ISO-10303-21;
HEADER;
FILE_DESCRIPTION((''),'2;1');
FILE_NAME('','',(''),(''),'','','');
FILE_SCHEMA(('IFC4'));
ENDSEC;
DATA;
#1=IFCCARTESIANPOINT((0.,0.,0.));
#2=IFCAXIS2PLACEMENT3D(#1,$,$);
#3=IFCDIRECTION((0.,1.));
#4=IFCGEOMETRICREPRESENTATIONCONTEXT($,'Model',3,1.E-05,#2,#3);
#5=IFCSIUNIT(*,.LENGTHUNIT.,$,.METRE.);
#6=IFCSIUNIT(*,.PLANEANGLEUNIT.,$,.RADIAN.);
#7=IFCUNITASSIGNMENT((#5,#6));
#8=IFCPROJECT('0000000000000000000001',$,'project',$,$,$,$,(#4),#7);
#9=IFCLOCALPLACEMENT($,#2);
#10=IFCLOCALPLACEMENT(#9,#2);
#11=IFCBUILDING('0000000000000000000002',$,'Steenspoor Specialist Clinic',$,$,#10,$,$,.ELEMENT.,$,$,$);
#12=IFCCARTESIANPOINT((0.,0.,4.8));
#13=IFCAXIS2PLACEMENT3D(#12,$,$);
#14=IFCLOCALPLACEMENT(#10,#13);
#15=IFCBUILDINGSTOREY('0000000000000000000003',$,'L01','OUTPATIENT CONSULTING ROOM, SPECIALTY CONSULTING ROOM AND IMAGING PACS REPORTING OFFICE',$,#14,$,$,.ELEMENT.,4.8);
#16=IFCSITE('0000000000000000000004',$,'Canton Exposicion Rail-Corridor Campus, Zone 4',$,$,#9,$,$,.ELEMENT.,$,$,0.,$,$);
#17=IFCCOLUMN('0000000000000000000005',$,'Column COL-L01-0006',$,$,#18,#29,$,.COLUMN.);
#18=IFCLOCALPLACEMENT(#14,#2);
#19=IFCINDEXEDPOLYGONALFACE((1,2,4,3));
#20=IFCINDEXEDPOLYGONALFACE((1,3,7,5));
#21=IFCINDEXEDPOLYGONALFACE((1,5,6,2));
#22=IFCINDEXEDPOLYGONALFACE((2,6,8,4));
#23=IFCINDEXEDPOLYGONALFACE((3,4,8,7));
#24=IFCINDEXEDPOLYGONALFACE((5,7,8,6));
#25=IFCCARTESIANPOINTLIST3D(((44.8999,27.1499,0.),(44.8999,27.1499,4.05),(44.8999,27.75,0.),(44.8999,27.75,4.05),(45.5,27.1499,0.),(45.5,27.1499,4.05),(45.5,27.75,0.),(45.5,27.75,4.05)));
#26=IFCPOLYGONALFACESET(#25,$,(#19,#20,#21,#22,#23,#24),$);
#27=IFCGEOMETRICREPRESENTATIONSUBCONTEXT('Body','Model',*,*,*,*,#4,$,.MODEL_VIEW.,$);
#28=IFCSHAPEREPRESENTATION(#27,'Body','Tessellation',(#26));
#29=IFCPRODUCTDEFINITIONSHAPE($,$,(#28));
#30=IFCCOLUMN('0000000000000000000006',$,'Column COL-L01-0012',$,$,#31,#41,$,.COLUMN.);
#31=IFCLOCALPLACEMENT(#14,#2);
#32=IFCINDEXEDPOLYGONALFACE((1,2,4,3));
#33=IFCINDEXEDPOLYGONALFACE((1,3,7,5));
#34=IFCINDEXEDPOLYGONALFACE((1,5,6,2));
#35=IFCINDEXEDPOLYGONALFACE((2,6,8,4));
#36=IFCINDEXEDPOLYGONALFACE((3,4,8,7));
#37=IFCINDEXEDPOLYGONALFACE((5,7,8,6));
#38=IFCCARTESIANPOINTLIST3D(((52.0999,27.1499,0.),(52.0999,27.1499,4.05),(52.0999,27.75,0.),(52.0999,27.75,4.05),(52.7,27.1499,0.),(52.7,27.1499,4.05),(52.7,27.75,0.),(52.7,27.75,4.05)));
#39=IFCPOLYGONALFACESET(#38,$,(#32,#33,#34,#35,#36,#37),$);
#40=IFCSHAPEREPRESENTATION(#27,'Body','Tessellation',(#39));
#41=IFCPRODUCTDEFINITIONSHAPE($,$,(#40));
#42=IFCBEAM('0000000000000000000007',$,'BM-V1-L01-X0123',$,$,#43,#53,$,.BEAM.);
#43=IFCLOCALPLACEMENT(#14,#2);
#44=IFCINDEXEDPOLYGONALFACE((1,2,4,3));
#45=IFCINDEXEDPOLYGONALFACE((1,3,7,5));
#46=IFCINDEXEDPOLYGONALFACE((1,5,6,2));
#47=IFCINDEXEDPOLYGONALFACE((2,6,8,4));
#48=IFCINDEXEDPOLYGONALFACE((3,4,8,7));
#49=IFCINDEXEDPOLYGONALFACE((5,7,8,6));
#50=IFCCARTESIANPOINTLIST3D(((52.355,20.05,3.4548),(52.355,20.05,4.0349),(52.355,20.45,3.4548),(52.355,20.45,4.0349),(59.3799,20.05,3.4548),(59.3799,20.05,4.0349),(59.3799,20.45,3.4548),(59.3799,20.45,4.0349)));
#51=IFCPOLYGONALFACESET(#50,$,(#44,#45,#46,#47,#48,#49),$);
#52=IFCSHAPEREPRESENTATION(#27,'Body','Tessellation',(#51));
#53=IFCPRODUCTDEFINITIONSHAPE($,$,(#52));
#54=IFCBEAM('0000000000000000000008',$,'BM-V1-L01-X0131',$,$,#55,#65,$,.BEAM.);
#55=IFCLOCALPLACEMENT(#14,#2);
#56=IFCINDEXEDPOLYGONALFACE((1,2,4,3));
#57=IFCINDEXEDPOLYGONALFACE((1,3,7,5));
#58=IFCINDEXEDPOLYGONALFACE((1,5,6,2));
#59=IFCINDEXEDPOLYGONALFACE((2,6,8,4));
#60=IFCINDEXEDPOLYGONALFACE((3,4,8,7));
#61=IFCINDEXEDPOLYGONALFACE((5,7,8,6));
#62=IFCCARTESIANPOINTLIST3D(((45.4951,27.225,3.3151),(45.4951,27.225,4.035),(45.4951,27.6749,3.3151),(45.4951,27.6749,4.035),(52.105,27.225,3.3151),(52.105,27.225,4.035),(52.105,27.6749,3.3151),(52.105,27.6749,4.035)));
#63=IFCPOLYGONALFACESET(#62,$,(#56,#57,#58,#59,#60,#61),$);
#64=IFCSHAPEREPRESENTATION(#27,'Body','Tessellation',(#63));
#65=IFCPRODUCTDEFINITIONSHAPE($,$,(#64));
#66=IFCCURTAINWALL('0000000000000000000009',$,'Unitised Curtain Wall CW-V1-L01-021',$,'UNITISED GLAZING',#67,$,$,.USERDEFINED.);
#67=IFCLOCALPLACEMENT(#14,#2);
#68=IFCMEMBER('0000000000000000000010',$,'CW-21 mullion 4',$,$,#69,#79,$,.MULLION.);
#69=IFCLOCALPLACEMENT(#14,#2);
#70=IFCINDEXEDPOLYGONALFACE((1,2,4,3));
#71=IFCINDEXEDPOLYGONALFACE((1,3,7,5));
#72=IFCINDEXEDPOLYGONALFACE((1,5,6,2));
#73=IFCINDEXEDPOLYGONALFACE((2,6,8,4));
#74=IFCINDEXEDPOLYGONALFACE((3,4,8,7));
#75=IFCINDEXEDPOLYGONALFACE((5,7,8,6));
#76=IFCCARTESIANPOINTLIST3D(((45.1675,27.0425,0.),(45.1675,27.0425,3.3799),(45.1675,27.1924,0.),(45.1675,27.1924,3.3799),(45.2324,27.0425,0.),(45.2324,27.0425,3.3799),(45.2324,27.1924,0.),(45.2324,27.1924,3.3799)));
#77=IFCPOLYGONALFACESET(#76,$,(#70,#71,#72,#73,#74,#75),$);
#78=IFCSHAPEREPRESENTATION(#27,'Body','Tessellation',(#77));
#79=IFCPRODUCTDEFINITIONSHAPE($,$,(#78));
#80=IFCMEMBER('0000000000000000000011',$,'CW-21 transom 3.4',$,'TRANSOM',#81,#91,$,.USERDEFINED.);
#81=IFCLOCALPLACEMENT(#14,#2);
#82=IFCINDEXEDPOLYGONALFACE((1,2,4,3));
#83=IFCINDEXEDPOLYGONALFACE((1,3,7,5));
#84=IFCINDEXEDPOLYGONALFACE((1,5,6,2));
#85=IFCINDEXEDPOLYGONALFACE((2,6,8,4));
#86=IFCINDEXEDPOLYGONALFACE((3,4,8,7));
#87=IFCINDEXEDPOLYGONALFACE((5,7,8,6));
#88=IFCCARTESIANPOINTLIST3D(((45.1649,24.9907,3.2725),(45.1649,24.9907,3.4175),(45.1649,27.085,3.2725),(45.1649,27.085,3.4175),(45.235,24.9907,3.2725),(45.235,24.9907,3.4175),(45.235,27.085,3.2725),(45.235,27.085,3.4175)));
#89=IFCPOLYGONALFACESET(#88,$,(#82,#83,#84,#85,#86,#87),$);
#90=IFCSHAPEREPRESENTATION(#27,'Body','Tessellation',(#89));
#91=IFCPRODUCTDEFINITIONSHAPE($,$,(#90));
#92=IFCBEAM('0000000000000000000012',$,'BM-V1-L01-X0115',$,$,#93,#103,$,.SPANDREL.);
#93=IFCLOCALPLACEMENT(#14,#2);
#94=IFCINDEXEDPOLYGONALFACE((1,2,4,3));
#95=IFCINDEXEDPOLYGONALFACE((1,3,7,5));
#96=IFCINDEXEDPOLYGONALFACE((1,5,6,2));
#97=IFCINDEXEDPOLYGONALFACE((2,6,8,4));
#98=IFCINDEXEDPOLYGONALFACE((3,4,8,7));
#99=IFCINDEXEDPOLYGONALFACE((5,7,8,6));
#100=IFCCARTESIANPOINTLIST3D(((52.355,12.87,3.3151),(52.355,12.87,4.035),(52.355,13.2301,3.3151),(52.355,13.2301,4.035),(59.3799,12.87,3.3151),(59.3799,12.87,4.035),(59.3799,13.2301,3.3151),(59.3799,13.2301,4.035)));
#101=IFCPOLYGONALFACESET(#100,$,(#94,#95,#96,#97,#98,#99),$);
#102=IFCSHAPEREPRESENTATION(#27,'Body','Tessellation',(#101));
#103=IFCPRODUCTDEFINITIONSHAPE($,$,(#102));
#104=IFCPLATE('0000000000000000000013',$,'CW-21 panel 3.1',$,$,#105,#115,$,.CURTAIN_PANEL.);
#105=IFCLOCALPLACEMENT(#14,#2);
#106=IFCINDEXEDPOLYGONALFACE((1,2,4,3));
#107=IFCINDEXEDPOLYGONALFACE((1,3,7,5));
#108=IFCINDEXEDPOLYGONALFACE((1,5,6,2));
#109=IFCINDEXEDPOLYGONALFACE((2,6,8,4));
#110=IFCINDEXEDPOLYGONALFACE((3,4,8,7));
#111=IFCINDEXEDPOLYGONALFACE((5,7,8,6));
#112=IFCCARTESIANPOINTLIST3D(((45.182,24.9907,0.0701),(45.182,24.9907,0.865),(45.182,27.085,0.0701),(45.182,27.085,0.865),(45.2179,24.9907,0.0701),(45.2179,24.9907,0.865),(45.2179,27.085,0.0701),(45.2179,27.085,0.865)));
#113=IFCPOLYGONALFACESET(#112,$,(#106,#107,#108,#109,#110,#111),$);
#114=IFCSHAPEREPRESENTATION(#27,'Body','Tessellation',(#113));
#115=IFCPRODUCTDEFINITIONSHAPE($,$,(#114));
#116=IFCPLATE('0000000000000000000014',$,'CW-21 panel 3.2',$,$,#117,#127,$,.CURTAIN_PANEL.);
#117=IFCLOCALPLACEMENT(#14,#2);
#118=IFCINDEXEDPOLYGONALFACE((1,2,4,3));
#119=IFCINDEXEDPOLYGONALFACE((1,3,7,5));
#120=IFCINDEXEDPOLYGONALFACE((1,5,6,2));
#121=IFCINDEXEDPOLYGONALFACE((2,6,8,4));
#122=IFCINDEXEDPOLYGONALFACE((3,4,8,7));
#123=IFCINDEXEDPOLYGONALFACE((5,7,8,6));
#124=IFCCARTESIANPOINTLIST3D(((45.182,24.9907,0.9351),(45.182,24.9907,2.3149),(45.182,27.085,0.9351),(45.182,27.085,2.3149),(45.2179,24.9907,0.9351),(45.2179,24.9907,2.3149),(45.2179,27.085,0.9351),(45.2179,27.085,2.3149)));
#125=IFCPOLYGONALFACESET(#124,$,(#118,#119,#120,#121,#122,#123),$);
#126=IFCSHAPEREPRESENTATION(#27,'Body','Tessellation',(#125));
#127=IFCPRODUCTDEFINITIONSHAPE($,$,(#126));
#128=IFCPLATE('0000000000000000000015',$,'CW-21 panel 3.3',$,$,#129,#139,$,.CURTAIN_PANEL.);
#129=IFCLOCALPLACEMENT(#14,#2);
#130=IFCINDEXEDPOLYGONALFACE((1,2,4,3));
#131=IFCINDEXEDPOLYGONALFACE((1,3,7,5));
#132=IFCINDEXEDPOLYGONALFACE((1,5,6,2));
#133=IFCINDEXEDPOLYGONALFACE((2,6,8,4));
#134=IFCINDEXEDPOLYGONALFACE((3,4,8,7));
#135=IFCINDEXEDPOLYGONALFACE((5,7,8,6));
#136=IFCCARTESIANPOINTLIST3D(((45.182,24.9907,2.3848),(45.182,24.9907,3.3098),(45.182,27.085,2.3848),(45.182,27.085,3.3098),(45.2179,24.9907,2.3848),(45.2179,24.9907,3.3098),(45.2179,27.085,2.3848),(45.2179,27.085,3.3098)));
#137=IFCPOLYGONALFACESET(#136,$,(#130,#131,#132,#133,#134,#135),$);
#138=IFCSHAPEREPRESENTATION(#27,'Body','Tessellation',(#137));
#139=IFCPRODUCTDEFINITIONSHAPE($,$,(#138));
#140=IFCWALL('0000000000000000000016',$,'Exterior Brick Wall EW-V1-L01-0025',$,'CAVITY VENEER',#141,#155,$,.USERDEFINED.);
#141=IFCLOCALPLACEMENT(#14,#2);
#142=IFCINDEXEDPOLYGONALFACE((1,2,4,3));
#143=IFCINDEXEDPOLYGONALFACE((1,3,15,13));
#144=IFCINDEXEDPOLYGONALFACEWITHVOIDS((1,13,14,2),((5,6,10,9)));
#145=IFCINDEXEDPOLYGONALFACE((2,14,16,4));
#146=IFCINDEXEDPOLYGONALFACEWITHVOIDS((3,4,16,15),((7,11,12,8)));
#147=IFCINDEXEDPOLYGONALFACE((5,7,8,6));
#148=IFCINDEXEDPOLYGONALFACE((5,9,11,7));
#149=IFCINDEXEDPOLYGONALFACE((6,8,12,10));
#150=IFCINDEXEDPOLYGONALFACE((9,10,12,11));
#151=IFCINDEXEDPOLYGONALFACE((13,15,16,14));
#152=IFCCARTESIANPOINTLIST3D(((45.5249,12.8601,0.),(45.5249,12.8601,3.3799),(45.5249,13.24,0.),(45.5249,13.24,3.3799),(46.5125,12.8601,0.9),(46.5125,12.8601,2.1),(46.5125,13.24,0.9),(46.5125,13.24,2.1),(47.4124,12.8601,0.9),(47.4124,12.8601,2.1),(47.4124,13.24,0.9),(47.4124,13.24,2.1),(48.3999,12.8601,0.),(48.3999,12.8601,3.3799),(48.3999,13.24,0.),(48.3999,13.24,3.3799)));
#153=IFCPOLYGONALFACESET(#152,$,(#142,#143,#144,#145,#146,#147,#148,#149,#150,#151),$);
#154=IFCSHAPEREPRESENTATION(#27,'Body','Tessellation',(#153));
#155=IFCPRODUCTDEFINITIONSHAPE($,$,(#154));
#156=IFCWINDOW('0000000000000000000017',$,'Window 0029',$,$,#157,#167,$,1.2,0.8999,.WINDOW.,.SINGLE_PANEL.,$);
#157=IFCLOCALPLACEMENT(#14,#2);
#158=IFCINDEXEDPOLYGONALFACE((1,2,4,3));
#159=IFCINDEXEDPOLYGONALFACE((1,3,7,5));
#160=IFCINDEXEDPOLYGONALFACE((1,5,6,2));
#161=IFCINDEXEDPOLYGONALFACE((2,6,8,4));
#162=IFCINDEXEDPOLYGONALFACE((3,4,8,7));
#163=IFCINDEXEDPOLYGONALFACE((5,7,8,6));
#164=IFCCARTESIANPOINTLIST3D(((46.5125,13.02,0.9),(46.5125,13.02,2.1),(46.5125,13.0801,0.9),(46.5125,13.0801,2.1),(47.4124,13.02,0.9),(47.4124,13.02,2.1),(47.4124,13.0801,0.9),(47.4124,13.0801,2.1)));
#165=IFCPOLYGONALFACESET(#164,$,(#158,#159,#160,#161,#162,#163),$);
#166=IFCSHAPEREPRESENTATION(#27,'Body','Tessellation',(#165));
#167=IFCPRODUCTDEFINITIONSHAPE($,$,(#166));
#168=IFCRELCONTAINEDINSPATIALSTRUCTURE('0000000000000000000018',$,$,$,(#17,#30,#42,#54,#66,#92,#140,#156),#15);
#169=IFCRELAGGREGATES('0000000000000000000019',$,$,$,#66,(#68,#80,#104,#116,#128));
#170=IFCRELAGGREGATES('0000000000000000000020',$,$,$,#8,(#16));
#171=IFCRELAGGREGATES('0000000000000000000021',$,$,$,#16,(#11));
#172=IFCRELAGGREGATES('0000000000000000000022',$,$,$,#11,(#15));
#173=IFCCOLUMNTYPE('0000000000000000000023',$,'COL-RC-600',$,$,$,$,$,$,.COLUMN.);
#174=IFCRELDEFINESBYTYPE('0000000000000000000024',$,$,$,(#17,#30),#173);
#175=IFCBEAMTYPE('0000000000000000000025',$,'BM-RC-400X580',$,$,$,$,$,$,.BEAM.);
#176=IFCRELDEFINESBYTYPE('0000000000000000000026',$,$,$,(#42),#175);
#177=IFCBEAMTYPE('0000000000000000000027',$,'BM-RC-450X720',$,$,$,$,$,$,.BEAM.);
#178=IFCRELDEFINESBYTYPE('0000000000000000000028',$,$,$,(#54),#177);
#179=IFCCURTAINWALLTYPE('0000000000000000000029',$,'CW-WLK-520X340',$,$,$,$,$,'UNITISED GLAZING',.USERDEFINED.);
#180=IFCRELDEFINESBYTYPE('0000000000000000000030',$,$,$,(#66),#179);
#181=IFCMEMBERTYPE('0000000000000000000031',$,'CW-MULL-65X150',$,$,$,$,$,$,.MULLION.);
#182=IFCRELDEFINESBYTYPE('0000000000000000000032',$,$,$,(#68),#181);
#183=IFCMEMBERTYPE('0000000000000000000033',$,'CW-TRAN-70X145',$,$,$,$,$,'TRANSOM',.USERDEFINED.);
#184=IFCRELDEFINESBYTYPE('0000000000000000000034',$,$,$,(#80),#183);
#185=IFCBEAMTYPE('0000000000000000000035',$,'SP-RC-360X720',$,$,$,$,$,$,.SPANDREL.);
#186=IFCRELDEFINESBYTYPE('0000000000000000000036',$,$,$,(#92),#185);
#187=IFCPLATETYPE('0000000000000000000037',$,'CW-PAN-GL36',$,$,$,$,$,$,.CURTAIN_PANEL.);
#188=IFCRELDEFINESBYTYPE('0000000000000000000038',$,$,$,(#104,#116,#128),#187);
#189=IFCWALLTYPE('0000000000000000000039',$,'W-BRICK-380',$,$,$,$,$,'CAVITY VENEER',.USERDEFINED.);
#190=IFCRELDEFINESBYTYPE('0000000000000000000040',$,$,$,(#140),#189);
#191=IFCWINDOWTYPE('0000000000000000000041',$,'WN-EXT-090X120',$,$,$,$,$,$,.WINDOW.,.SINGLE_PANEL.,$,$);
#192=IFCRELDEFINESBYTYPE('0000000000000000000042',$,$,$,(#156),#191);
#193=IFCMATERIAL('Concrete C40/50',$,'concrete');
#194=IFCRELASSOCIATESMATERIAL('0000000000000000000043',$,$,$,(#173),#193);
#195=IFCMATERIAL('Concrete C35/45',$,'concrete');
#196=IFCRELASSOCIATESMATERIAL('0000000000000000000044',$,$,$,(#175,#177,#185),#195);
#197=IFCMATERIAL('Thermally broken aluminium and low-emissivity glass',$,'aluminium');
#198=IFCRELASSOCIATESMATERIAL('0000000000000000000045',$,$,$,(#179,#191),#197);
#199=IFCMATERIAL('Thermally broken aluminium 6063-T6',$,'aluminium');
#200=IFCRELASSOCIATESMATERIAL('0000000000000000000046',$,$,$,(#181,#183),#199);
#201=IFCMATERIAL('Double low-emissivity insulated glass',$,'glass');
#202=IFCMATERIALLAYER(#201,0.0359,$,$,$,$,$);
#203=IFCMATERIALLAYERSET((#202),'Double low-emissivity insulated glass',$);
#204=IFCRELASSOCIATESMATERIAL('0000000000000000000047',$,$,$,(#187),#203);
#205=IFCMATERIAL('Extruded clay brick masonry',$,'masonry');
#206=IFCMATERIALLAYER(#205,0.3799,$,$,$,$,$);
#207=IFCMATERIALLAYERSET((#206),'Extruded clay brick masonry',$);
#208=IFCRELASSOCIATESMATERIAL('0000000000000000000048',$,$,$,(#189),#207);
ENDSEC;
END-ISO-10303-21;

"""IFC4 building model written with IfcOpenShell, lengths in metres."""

from ifc_helpers import new_model, si_unit, direction, frame, frame_2d, origin, origin_2d, place, context, subcontext, project, spatial, rectangle, extrude, material, layer, layer_set, material_profile, profile_set, type_object, element, fill, aggregate, save


model = new_model("IFC4")

# Units and contexts
model_context = context("Model", 3, precision=1e-05, world=origin(), true_north=direction((0.0, 1.0)))
body_context = subcontext(model_context, "Body", "Model", "MODEL_VIEW")
ifc_project = project(units=[si_unit("LENGTHUNIT", "METRE"), si_unit("PLANEANGLEUNIT", "RADIAN")], contexts=[model_context])

# Site, building, storey
site_placement = place(None, origin())
site = spatial("IfcSite", under=ifc_project, at=site_placement, Name="Canton Exposicion Rail-Corridor Campus, Zone 4", CompositionType="ELEMENT", RefElevation=0.0)
building_placement = place(site_placement, origin())
building = spatial("IfcBuilding", under=site, at=building_placement, Name="Steenspoor Specialist Clinic", CompositionType="ELEMENT")
storey_placement = place(building_placement, frame((0.0, 0.0, 4.8)))
storey = spatial("IfcBuildingStorey", under=building, at=storey_placement, Name="L01", Description="OUTPATIENT CONSULTING ROOM, SPECIALTY CONSULTING ROOM AND IMAGING PACS REPORTING OFFICE", CompositionType="ELEMENT", Elevation=4.8)

# Columns
ifc_material_1 = material(Name="Concrete C40/50", Category="concrete")
ifc_material_profile_1 = material_profile(ifc_material_1, rectangle(XDim=0.6001, YDim=0.6001, at=origin_2d()), Name="RC-COL-600X600")
ifc_profile_set_1 = profile_set([ifc_material_profile_1], Name="Concrete C40/50")
column_type = type_object("IfcColumnType", Name="COL-RC-600", PredefinedType="COLUMN", material=ifc_profile_set_1)
for number, where, z_axis, x_axis, name in (
    (1, (45.2, 27.45, 0.0), (0.0, 0.0, 1.0), (1.0, 0.0, 0.0), "Column COL-L01-0006"),
    (2, (52.3999, 27.45, 0.0), (0.0, 0.0, 1.0), (1.0, 0.0, 0.0), "Column COL-L01-0012"),
):
    element("IfcColumn", number, at=place(storey_placement, frame(where, z_axis=z_axis, x_axis=x_axis)), inside=storey, type_object=column_type, Name=name, PredefinedType="COLUMN", context=body_context, shape_type="SweptSolid", body=[
        extrude(rectangle(XDim=0.6001, YDim=0.6001, at=origin_2d()), origin(), (0.0, 0.0, 1.0), 4.05),
    ])

# Beams
ifc_material_2 = material(Name="Concrete C35/45", Category="concrete")
ifc_material_profile_2 = material_profile(ifc_material_2, rectangle(XDim=0.3999, YDim=0.5801, at=origin_2d()), Name="RC-BM-400X580")
ifc_profile_set_2 = profile_set([ifc_material_profile_2], Name="Concrete C35/45")
beam_type_1 = type_object("IfcBeamType", Name="BM-RC-400X580", PredefinedType="BEAM", material=ifc_profile_set_2)
beam_1_placement = place(storey_placement, frame((52.355, 20.25, 3.7449), z_axis=(1.0, 0.0, 0.0), x_axis=(0.0, 1.0, 0.0)))
element("IfcBeam", 3, at=beam_1_placement, inside=storey, type_object=beam_type_1, Name="BM-V1-L01-X0123", PredefinedType="BEAM", context=body_context, shape_type="SweptSolid", body=[
    extrude(rectangle(XDim=0.3999, YDim=0.5801, at=origin_2d()), origin(), (0.0, 0.0, 1.0), 7.0249),
])
ifc_material_profile_3 = material_profile(ifc_material_2, rectangle(XDim=0.45, YDim=0.72, at=origin_2d()), Name="RC-BM-450X720")
ifc_profile_set_3 = profile_set([ifc_material_profile_3], Name="Concrete C35/45")
beam_type_2 = type_object("IfcBeamType", Name="BM-RC-450X720", PredefinedType="BEAM", material=ifc_profile_set_3)
beam_2_placement = place(storey_placement, frame((45.4951, 27.45, 3.675), z_axis=(1.0, 0.0, 0.0), x_axis=(0.0, 1.0, 0.0)))
element("IfcBeam", 4, at=beam_2_placement, inside=storey, type_object=beam_type_2, Name="BM-V1-L01-X0131", PredefinedType="BEAM", context=body_context, shape_type="SweptSolid", body=[
    extrude(rectangle(XDim=0.45, YDim=0.72, at=origin_2d()), origin(), (0.0, 0.0, 1.0), 6.6099),
])

# Curtain wall, members
ifc_material_3 = material(Name="Thermally broken aluminium and low-emissivity glass", Category="aluminium")
curtain_wall_type = type_object("IfcCurtainWallType", Name="CW-WLK-520X340", ElementType="UNITISED GLAZING", PredefinedType="USERDEFINED", material=ifc_material_3)
curtain_wall_placement = place(storey_placement, origin())
curtain_wall = element("IfcCurtainWall", 5, at=curtain_wall_placement, inside=storey, type_object=curtain_wall_type, Name="Unitised Curtain Wall CW-V1-L01-021", ObjectType="UNITISED GLAZING", PredefinedType="USERDEFINED")
ifc_material_4 = material(Name="Thermally broken aluminium 6063-T6", Category="aluminium")
ifc_material_profile_4 = material_profile(ifc_material_4, rectangle(XDim=0.0649, YDim=0.1499, at=origin_2d()), Name="CWM-65X150")
ifc_profile_set_4 = profile_set([ifc_material_profile_4], Name="Thermally broken aluminium 6063-T6")
member_type_1 = type_object("IfcMemberType", Name="CW-MULL-65X150", PredefinedType="MULLION", material=ifc_profile_set_4)
member_1_placement = place(storey_placement, frame((45.2, 27.1174, 0.0), z_axis=(0.0, 0.0, 1.0), x_axis=(-1.0, 0.0, 0.0)))
member_1 = element("IfcMember", 6, at=member_1_placement, type_object=member_type_1, Name="CW-21 mullion 4", PredefinedType="MULLION", context=body_context, shape_type="SweptSolid", body=[
    extrude(rectangle(XDim=0.0649, YDim=0.1499, at=origin_2d()), origin(), (0.0, 0.0, 1.0), 3.3799),
])
ifc_material_profile_5 = material_profile(ifc_material_4, rectangle(XDim=0.0701, YDim=0.145, at=origin_2d()), Name="CWT-70X145")
ifc_profile_set_5 = profile_set([ifc_material_profile_5], Name="Thermally broken aluminium 6063-T6")
member_type_2 = type_object("IfcMemberType", Name="CW-TRAN-70X145", ElementType="TRANSOM", PredefinedType="USERDEFINED", material=ifc_profile_set_5)
member_2_placement = place(storey_placement, frame((45.2, 24.9907, 3.345), z_axis=(0.0, 1.0, 0.0), x_axis=(-1.0, 0.0, 0.0)))
member_2 = element("IfcMember", 7, at=member_2_placement, type_object=member_type_2, Name="CW-21 transom 3.4", ObjectType="TRANSOM", PredefinedType="USERDEFINED", context=body_context, shape_type="SweptSolid", body=[
    extrude(rectangle(XDim=0.0701, YDim=0.145, at=origin_2d()), origin(), (0.0, 0.0, 1.0), 2.0942),
])

# Beam
ifc_material_profile_6 = material_profile(ifc_material_2, rectangle(XDim=0.3601, YDim=0.72, at=origin_2d()), Name="RC-SP-360X720")
ifc_profile_set_6 = profile_set([ifc_material_profile_6], Name="Concrete C35/45")
beam_type_3 = type_object("IfcBeamType", Name="SP-RC-360X720", PredefinedType="SPANDREL", material=ifc_profile_set_6)
beam_3_placement = place(storey_placement, frame((52.355, 13.05, 3.675), z_axis=(1.0, 0.0, 0.0), x_axis=(0.0, 1.0, 0.0)))
element("IfcBeam", 8, at=beam_3_placement, inside=storey, type_object=beam_type_3, Name="BM-V1-L01-X0115", PredefinedType="SPANDREL", context=body_context, shape_type="SweptSolid", body=[
    extrude(rectangle(XDim=0.3601, YDim=0.72, at=origin_2d()), origin(), (0.0, 0.0, 1.0), 7.0249),
])

# Plates
ifc_material_5 = material(Name="Double low-emissivity insulated glass", Category="glass")
ifc_layer_1 = layer(ifc_material_5, 0.0359)
ifc_layer_set_1 = layer_set([ifc_layer_1], Name="Double low-emissivity insulated glass")
plate_type = type_object("IfcPlateType", Name="CW-PAN-GL36", PredefinedType="CURTAIN_PANEL", material=ifc_layer_set_1)
plate_1_placement = place(storey_placement, frame((45.2, 26.0378, 0.0701), z_axis=(0.0, 0.0, 1.0), x_axis=(0.0, 1.0, 0.0)))
plate_1 = element("IfcPlate", 9, at=plate_1_placement, type_object=plate_type, Name="CW-21 panel 3.1", PredefinedType="CURTAIN_PANEL", context=body_context, shape_type="SweptSolid", body=[
    extrude(rectangle(XDim=2.0942, YDim=0.0359, at=origin_2d()), origin(), (0.0, 0.0, 1.0), 0.7949),
])
plate_2_placement = place(storey_placement, frame((45.2, 26.0378, 0.9351), z_axis=(0.0, 0.0, 1.0), x_axis=(0.0, 1.0, 0.0)))
plate_2 = element("IfcPlate", 10, at=plate_2_placement, type_object=plate_type, Name="CW-21 panel 3.2", PredefinedType="CURTAIN_PANEL", context=body_context, shape_type="SweptSolid", body=[
    extrude(rectangle(XDim=2.0942, YDim=0.0359, at=origin_2d()), origin(), (0.0, 0.0, 1.0), 1.3799),
])
plate_3_placement = place(storey_placement, frame((45.2, 26.0378, 2.3848), z_axis=(0.0, 0.0, 1.0), x_axis=(0.0, 1.0, 0.0)))
plate_3 = element("IfcPlate", 11, at=plate_3_placement, type_object=plate_type, Name="CW-21 panel 3.3", PredefinedType="CURTAIN_PANEL", context=body_context, shape_type="SweptSolid", body=[
    extrude(rectangle(XDim=2.0942, YDim=0.0359, at=origin_2d()), origin(), (0.0, 0.0, 1.0), 0.925),
])
aggregate(curtain_wall, [member_1, member_2, plate_1, plate_2, plate_3])

# Wall, opening, window
ifc_material_6 = material(Name="Extruded clay brick masonry", Category="masonry")
ifc_layer_2 = layer(ifc_material_6, 0.3799)
ifc_layer_set_2 = layer_set([ifc_layer_2], Name="Extruded clay brick masonry")
wall_type_1 = type_object("IfcWallType", Name="W-BRICK-380", ElementType="CAVITY VENEER", PredefinedType="USERDEFINED", material=ifc_layer_set_2)
wall_1_placement = place(storey_placement, frame((48.3999, 13.05, 0.0), z_axis=(0.0, 0.0, 1.0), x_axis=(-1.0, 0.0, 0.0)))
wall_1 = element("IfcWall", 12, at=wall_1_placement, inside=storey, type_object=wall_type_1, Name="Exterior Brick Wall EW-V1-L01-0025", ObjectType="CAVITY VENEER", PredefinedType="USERDEFINED", context=body_context, shape_type="SweptSolid", body=[
    extrude(rectangle(XDim=2.875, YDim=0.3799, at=frame_2d((1.4375, 0.0))), origin(), (0.0, 0.0, 1.0), 3.3799),
])
opening_1_placement = place(wall_1_placement, frame((0.9875, 0.0, 0.8999)))
opening_1 = element("IfcOpeningElement", 13, at=opening_1_placement, cuts=wall_1, PredefinedType="OPENING", context=body_context, shape_type="SweptSolid", body=[
    extrude(rectangle(XDim=0.8999, YDim=1.2, at=frame_2d((0.45, 0.6001))), frame((0.0, 0.2, 0.0), z_axis=(0.0, -1.0, 0.0), x_axis=(1.0, 0.0, 0.0)), (0.0, 0.0, 1.0), 0.3999),
])
window_type = type_object("IfcWindowType", Name="WN-EXT-090X120", PartitioningType="SINGLE_PANEL", PredefinedType="WINDOW", material=ifc_material_3)
window_placement = place(opening_1_placement, origin())
window = element("IfcWindow", 14, at=window_placement, inside=storey, type_object=window_type, Name="Window 0029", OverallHeight=1.2, OverallWidth=0.8999, PartitioningType="SINGLE_PANEL", PredefinedType="WINDOW", context=body_context, shape_type="SweptSolid", body=[
    extrude(rectangle(XDim=0.8999, YDim=1.2, at=frame_2d((0.45, 0.6001))), frame((0.0, 0.03, 0.0), z_axis=(0.0, -1.0, 0.0), x_axis=(1.0, 0.0, 0.0)), (0.0, 0.0, 1.0), 0.0601),
])
fill(opening_1, window)

save(model, "model.ifc")
